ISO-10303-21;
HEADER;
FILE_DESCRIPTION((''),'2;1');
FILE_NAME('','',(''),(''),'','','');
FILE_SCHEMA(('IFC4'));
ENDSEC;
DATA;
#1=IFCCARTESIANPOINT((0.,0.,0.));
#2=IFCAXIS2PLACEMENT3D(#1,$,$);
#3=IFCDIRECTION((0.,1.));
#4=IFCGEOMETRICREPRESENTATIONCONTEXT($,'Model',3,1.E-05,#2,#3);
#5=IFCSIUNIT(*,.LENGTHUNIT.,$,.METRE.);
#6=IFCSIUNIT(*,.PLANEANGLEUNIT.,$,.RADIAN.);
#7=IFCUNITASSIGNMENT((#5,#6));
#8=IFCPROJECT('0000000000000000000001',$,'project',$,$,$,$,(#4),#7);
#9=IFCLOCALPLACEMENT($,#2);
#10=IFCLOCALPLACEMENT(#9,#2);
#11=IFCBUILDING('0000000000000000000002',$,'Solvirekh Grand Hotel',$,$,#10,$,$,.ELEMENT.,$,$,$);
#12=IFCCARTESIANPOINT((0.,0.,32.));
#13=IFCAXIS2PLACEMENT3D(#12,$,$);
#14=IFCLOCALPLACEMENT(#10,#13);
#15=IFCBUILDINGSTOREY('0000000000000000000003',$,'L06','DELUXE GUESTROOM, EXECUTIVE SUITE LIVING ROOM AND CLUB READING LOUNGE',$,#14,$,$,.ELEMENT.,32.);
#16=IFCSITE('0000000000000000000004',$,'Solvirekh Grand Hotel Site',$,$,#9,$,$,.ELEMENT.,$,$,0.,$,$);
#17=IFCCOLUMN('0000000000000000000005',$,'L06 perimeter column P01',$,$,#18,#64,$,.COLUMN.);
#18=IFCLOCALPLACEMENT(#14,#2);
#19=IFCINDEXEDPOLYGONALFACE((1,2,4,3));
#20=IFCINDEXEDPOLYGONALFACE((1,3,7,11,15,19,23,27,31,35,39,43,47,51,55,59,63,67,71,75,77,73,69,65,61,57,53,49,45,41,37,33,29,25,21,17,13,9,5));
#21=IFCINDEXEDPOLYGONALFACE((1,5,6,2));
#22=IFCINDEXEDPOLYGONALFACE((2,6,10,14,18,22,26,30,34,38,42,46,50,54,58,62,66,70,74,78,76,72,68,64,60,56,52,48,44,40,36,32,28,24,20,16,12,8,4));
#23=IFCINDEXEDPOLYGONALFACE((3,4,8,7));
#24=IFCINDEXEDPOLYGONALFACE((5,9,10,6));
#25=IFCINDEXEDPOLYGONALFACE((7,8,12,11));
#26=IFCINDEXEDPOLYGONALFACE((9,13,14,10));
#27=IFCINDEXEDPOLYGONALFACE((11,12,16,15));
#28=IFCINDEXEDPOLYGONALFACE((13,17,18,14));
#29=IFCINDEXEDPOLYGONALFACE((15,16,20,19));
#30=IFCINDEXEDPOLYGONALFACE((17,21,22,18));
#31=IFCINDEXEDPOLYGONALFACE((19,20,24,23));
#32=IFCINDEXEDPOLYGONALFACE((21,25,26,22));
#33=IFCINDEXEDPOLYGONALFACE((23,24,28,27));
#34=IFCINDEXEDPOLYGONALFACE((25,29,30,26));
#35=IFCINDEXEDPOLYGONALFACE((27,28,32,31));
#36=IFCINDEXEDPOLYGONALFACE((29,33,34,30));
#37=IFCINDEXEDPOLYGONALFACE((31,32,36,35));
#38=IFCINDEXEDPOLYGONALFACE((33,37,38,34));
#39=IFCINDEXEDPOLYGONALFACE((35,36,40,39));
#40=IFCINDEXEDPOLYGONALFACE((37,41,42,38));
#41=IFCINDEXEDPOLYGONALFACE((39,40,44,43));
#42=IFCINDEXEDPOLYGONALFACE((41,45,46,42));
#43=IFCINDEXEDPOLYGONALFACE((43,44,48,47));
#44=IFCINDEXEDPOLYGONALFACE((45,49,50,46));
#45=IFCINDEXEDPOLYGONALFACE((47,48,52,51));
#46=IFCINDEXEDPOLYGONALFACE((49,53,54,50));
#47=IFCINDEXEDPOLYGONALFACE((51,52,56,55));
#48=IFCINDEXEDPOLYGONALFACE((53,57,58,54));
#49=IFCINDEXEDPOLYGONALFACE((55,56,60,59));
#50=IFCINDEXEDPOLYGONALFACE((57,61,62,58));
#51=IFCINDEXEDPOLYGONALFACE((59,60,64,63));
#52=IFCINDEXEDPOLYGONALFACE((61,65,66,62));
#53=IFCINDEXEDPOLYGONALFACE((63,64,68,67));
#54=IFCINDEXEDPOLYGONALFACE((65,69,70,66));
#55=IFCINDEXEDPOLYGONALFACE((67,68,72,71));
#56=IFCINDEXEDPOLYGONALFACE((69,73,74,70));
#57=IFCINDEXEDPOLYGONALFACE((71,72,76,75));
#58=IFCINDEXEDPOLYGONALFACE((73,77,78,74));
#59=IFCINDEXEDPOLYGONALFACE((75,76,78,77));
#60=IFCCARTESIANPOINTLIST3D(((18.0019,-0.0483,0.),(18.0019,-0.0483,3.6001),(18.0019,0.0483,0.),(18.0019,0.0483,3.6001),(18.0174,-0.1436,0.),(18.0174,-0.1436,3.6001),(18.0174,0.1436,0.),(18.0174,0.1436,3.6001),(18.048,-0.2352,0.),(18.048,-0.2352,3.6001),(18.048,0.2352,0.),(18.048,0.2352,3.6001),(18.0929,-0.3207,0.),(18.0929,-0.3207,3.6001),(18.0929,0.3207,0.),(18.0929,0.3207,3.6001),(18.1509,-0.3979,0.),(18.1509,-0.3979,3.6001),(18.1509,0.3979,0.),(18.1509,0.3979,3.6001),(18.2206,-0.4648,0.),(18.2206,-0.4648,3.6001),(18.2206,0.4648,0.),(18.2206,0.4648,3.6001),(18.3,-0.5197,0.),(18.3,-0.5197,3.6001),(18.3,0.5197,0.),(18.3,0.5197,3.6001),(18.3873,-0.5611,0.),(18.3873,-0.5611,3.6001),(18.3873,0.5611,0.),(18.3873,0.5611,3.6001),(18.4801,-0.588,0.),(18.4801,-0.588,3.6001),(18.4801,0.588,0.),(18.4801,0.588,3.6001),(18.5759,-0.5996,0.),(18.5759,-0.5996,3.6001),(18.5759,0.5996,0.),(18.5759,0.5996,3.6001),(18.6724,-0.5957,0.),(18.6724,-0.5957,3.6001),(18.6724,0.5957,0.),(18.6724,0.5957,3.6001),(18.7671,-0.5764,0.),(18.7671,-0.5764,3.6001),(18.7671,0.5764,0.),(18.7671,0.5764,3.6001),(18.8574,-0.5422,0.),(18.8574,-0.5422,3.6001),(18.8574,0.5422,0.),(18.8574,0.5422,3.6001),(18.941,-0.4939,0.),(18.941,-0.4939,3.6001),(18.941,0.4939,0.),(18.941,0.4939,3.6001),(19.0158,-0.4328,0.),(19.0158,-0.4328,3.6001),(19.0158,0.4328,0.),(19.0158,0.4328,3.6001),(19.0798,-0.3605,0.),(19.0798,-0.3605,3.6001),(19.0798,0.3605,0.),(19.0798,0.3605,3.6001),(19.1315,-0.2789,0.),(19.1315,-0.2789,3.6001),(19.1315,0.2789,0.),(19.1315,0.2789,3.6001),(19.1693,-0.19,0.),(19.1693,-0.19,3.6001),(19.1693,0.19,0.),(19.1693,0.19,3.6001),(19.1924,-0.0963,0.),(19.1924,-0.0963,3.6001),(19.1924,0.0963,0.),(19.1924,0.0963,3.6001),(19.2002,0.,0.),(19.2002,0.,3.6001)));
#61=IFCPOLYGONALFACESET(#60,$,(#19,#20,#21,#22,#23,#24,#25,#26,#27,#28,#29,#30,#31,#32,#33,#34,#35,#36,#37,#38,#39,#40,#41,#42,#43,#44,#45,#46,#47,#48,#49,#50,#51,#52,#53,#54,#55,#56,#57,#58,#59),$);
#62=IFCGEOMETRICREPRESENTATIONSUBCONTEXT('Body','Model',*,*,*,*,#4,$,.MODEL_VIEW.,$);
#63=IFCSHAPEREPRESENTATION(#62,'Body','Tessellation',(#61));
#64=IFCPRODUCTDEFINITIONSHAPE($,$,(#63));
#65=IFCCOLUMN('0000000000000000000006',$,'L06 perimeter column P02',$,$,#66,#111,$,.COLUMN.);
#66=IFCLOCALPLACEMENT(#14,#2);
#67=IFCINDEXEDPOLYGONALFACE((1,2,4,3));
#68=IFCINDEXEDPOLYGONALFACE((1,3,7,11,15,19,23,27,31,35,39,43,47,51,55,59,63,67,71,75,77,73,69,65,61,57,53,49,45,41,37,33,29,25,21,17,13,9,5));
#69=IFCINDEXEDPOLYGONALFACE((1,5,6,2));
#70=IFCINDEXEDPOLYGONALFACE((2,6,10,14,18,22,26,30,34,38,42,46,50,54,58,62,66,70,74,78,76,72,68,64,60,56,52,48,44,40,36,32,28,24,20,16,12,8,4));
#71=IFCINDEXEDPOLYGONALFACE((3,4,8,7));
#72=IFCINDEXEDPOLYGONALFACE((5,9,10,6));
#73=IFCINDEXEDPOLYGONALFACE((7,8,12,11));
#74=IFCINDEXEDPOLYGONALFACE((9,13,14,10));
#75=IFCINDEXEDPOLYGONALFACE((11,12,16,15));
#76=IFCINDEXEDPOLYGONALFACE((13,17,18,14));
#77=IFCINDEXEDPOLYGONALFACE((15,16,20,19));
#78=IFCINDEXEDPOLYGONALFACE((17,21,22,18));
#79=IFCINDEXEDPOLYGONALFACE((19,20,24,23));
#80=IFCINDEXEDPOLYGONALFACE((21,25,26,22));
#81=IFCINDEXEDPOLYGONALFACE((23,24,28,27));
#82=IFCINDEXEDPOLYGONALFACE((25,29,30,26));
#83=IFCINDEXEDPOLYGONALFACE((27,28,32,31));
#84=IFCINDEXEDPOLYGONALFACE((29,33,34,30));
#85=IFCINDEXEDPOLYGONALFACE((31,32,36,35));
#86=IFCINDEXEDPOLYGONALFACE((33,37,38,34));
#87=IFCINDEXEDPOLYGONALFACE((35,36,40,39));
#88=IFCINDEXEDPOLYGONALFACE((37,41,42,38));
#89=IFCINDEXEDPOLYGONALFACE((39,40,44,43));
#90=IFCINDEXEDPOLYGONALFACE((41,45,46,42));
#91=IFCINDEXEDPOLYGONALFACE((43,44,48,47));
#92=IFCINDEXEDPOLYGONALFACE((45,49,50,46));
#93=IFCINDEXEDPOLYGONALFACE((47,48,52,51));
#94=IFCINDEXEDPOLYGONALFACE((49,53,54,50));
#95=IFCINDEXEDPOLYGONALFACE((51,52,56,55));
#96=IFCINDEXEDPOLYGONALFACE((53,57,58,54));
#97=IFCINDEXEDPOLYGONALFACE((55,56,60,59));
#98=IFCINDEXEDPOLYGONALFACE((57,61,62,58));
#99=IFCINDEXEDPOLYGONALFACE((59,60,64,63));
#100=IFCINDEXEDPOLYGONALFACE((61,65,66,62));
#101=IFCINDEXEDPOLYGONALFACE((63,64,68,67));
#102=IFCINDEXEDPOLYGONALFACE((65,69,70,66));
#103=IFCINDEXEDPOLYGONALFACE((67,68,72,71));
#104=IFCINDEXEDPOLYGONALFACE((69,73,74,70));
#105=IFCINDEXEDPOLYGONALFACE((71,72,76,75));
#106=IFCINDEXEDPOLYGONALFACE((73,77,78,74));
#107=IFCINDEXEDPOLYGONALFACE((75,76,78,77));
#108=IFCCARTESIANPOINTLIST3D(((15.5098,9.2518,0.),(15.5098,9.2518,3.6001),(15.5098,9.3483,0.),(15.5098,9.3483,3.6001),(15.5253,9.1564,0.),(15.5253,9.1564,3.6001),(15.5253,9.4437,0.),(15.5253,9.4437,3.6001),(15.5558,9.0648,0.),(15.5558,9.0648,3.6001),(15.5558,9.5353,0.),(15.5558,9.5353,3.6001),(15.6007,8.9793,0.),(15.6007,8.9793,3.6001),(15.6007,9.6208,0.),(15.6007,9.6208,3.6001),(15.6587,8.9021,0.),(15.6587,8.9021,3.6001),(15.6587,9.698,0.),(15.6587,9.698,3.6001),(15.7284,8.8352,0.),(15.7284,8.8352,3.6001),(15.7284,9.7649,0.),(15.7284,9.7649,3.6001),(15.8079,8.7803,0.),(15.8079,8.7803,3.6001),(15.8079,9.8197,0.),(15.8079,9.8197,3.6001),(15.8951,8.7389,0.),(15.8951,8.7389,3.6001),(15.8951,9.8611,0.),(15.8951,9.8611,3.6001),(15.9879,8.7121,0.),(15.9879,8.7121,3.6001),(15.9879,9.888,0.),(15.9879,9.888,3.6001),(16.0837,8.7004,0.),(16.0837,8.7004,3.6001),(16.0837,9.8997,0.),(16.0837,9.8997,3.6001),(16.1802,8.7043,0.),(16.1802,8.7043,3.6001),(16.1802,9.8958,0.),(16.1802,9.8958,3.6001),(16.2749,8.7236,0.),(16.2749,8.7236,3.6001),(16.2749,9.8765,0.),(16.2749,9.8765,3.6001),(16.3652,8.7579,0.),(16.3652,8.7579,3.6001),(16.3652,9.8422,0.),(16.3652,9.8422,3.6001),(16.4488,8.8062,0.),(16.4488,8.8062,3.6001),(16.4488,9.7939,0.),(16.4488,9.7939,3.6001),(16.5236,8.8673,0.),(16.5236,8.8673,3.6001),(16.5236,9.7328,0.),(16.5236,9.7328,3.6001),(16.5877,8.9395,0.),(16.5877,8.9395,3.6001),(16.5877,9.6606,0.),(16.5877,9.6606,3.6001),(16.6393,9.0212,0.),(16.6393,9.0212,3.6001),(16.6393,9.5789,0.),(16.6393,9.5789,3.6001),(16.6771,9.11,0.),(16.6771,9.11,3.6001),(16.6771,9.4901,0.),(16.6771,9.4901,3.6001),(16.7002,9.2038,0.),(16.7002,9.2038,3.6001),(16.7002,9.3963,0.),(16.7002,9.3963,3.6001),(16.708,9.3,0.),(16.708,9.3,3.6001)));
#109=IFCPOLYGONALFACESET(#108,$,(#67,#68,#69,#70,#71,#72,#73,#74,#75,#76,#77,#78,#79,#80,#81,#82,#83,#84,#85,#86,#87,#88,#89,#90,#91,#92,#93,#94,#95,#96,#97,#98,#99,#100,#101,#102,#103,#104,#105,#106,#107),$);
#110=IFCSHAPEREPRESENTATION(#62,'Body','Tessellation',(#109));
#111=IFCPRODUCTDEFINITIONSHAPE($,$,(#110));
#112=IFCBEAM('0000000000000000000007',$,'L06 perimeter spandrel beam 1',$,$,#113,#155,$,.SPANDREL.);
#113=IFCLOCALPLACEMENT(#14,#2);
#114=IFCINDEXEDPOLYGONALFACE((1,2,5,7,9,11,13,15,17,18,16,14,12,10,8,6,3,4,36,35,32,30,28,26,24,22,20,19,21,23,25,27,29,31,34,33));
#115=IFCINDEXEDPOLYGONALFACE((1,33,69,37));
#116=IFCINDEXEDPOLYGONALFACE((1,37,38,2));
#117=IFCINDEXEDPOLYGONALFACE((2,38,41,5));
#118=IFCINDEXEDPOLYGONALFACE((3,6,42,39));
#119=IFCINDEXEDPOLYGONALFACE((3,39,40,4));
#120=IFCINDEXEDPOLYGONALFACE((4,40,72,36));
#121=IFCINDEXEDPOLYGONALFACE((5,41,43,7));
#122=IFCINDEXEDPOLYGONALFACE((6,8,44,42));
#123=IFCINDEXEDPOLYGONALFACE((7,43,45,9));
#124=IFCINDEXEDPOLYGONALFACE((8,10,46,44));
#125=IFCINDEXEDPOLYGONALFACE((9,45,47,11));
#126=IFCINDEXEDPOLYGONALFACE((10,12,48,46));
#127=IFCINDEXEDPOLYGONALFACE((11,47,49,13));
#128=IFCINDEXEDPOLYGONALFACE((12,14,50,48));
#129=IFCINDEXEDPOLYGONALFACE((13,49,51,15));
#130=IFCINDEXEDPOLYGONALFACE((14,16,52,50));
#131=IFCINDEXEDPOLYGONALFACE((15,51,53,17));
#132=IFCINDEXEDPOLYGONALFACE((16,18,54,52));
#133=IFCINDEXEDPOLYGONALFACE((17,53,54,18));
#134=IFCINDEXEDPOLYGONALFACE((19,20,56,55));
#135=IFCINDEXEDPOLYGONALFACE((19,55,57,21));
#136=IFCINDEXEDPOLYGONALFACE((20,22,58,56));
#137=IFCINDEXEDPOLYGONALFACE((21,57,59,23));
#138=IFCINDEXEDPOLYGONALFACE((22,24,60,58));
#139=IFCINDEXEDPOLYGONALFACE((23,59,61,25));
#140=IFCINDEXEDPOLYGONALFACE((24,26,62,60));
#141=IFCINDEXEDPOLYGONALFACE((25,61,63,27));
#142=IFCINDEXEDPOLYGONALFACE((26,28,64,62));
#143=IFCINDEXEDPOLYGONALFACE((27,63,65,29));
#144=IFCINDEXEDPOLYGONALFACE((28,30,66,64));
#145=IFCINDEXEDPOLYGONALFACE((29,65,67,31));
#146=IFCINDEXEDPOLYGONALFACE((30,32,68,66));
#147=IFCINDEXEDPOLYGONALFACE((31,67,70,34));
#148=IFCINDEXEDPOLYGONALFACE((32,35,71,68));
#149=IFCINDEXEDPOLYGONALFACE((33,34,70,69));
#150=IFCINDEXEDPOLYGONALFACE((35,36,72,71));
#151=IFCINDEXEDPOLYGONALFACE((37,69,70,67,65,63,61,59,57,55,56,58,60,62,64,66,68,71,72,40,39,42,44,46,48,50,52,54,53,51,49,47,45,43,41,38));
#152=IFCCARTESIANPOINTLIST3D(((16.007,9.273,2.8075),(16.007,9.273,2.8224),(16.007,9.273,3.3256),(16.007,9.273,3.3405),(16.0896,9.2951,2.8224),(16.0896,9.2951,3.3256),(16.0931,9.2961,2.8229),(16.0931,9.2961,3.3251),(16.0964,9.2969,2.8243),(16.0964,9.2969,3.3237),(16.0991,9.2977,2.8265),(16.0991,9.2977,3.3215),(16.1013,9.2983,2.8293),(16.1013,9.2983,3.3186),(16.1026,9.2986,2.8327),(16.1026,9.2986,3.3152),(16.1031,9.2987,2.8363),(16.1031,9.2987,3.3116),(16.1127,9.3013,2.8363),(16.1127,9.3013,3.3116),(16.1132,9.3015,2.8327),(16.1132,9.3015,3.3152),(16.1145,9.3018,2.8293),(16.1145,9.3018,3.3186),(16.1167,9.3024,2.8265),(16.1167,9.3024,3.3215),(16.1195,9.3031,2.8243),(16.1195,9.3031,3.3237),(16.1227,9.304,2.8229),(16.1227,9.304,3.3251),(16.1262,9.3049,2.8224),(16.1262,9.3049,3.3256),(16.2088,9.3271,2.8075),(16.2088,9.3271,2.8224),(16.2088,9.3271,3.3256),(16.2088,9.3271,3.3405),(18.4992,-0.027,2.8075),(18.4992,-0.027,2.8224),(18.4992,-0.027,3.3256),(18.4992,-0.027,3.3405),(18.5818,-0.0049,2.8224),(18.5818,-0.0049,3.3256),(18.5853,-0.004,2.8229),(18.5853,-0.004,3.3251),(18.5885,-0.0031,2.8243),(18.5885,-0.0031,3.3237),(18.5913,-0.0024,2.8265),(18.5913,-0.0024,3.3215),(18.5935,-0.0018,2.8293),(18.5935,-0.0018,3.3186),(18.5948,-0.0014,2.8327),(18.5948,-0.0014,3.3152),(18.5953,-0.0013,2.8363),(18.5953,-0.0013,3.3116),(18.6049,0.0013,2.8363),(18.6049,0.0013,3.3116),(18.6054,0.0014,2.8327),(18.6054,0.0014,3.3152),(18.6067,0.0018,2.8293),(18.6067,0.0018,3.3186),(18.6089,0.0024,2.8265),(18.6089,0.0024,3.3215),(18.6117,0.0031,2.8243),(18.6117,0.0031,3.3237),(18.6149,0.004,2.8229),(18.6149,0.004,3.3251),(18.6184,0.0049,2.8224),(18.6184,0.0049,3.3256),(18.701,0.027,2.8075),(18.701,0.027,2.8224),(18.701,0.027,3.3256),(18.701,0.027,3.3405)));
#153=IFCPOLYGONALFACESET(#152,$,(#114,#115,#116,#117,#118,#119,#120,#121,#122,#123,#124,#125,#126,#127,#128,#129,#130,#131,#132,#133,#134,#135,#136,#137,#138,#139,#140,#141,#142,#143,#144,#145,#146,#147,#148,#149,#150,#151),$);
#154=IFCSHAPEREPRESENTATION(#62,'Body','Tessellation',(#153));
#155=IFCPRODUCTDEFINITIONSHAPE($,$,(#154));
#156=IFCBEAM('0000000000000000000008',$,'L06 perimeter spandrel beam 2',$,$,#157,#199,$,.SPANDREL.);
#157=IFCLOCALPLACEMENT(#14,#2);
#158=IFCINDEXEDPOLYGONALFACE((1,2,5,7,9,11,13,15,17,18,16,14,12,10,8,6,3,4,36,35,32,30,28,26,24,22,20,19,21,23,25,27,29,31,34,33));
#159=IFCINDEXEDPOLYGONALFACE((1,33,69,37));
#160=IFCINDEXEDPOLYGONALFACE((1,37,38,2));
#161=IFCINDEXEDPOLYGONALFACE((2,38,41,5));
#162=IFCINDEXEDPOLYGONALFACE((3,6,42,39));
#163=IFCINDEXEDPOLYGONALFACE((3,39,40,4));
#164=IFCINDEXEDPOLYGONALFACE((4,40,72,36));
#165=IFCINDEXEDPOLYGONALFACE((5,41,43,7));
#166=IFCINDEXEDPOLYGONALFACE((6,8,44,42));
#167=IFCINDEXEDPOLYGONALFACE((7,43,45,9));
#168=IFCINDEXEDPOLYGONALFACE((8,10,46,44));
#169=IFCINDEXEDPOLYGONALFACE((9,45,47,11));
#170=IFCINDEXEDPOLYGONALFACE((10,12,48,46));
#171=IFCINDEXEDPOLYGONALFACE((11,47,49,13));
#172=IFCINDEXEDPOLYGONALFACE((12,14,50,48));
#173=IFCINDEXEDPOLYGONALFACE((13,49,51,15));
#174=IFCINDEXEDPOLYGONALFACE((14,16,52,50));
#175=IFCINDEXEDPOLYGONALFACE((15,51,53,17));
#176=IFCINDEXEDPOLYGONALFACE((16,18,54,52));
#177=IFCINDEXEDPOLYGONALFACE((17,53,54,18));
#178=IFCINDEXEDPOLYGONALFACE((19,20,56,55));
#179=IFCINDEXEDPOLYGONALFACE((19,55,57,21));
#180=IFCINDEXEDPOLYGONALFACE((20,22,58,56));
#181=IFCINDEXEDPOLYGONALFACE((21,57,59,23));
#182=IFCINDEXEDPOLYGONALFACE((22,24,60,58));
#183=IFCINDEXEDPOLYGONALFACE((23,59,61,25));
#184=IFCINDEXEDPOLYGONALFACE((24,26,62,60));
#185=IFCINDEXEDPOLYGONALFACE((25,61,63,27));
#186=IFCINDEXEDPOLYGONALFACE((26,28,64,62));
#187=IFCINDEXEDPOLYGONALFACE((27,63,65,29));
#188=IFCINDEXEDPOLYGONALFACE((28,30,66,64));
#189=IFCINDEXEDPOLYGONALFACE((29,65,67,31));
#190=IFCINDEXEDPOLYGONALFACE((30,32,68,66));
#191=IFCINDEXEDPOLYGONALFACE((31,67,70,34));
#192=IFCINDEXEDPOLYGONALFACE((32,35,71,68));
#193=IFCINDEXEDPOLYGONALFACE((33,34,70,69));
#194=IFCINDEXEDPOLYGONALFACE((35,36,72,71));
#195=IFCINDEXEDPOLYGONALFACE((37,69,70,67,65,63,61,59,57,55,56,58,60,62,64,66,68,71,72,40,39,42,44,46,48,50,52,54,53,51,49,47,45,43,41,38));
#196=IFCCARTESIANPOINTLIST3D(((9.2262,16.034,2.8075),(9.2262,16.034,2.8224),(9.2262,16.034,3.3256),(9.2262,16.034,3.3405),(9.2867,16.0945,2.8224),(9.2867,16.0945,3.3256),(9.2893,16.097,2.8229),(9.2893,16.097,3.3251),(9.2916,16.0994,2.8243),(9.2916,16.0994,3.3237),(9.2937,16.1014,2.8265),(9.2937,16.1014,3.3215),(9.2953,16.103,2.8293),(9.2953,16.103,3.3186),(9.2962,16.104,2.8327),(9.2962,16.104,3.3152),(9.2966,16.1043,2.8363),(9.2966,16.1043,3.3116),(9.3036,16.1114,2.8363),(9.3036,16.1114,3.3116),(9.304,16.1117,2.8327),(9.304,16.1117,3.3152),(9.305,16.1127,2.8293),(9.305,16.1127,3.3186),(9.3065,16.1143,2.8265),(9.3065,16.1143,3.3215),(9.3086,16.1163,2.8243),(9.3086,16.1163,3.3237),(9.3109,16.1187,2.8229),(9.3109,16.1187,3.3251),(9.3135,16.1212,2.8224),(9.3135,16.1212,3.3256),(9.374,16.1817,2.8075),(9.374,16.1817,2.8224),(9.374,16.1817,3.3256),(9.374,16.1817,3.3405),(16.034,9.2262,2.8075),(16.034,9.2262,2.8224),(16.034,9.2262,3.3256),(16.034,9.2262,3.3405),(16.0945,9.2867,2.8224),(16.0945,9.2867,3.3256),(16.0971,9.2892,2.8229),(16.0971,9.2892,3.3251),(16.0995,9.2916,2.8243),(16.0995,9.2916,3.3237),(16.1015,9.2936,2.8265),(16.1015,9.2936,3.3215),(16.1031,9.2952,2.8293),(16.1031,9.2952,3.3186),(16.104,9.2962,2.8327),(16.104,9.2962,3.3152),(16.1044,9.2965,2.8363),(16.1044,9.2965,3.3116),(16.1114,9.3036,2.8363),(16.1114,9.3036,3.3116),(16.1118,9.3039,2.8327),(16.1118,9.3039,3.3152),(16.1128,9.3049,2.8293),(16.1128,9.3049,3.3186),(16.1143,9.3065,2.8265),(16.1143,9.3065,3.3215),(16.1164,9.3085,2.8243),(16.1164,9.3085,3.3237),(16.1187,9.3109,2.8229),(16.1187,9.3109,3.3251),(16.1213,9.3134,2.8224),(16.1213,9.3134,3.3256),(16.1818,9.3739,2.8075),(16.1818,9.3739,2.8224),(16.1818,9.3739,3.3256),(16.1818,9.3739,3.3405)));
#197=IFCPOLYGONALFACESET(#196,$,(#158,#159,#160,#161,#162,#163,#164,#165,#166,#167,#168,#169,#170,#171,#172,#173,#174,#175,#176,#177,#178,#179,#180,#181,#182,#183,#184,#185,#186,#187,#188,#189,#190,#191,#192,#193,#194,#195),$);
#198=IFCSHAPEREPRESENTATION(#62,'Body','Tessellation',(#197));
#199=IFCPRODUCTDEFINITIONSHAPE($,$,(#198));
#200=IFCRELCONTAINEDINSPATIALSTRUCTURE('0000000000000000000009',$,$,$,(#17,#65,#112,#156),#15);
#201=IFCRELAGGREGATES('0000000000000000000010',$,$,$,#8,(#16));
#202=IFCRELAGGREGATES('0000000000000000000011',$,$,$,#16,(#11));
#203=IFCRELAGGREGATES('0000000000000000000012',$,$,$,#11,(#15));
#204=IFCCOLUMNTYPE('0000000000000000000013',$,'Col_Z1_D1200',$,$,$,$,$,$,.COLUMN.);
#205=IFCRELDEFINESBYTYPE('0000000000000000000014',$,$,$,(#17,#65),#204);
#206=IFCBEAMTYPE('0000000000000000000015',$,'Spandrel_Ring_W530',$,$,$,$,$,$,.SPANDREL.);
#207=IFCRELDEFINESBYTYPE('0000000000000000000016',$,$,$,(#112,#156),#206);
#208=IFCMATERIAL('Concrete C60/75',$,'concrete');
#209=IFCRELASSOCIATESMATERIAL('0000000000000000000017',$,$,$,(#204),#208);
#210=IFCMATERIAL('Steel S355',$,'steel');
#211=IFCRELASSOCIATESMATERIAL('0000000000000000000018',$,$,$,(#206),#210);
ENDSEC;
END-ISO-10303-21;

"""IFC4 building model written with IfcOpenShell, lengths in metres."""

from ifc_helpers import new_model, si_unit, direction, frame, origin, origin_2d, place, context, subcontext, project, spatial, circle, i_section, extrude, material, material_profile, profile_set, type_object, element, save


model = new_model("IFC4")

# Units and contexts
model_context = context("Model", 3, precision=1e-05, world=origin(), true_north=direction((0.0, 1.0)))
body_context = subcontext(model_context, "Body", "Model", "MODEL_VIEW")
ifc_project = project(units=[si_unit("LENGTHUNIT", "METRE"), si_unit("PLANEANGLEUNIT", "RADIAN")], contexts=[model_context])

# Site, building, storey
site_placement = place(None, origin())
site = spatial("IfcSite", under=ifc_project, at=site_placement, Name="Solvirekh Grand Hotel Site", CompositionType="ELEMENT", RefElevation=0.0)
building_placement = place(site_placement, origin())
building = spatial("IfcBuilding", under=site, at=building_placement, Name="Solvirekh Grand Hotel", CompositionType="ELEMENT")
storey_placement = place(building_placement, frame((0.0, 0.0, 32.0)))
storey = spatial("IfcBuildingStorey", under=building, at=storey_placement, Name="L06", Description="DELUXE GUESTROOM, EXECUTIVE SUITE LIVING ROOM AND CLUB READING LOUNGE", CompositionType="ELEMENT", Elevation=32.0)

# Columns
ifc_material_1 = material(Name="Concrete C60/75", Category="concrete")
ifc_material_profile_1 = material_profile(ifc_material_1, circle(Radius=0.6001, at=origin_2d()), Name="RC CIRC D1200")
ifc_profile_set_1 = profile_set([ifc_material_profile_1], Name="Concrete C60/75")
column_type = type_object("IfcColumnType", Name="Col_Z1_D1200", PredefinedType="COLUMN", material=ifc_profile_set_1)
for number, where, z_axis, x_axis, name in (
    (1, (18.6001, 0.0, 0.0), (0.0, 0.0, 1.0), (1.0, 0.0, 0.0), "L06 perimeter column P01"),
    (2, (16.1079, 9.3, 0.0), (0.0, 0.0, 1.0), (1.0, 0.0, 0.0), "L06 perimeter column P02"),
):
    element("IfcColumn", number, at=place(storey_placement, frame(where, z_axis=z_axis, x_axis=x_axis)), inside=storey, type_object=column_type, Name=name, PredefinedType="COLUMN", context=body_context, shape_type="SweptSolid", body=[
        extrude(circle(Radius=0.6001, at=origin_2d()), origin(), (0.0, 0.0, 1.0), 3.6001),
    ])

# Beams
ifc_material_2 = material(Name="Steel S355", Category="steel")
ifc_material_profile_2 = material_profile(ifc_material_2, i_section(OverallWidth=0.209, OverallDepth=0.533, WebThickness=0.01, FlangeThickness=0.0149, FilletRadius=0.0139, at=origin_2d()), Name="W530X92")
ifc_profile_set_2 = profile_set([ifc_material_profile_2], Name="Steel S355")
beam_type = type_object("IfcBeamType", Name="Spandrel_Ring_W530", PredefinedType="SPANDREL", material=ifc_profile_set_2)
beam_1_placement = place(storey_placement, frame((18.6001, 0.0, 3.074), z_axis=(-0.258843, 0.965919, 0.0), x_axis=(-0.965919, -0.258843, 0.0)))
element("IfcBeam", 3, at=beam_1_placement, inside=storey, type_object=beam_type, Name="L06 perimeter spandrel beam 1", PredefinedType="SPANDREL", context=body_context, shape_type="SweptSolid", body=[
    extrude(i_section(OverallWidth=0.209, OverallDepth=0.533, WebThickness=0.01, FlangeThickness=0.0149, FilletRadius=0.0139, at=origin_2d()), origin(), (0.0, 0.0, 1.0), 9.6282),
])
beam_2_placement = place(storey_placement, frame((16.1079, 9.3, 3.074), z_axis=(-0.707107, 0.707107, 0.0), x_axis=(-0.707107, -0.707107, 0.0)))
element("IfcBeam", 4, at=beam_2_placement, inside=storey, type_object=beam_type, Name="L06 perimeter spandrel beam 2", PredefinedType="SPANDREL", context=body_context, shape_type="SweptSolid", body=[
    extrude(i_section(OverallWidth=0.209, OverallDepth=0.533, WebThickness=0.01, FlangeThickness=0.0149, FilletRadius=0.0139, at=origin_2d()), origin(), (0.0, 0.0, 1.0), 9.6277),
])

save(model, "model.ifc")
